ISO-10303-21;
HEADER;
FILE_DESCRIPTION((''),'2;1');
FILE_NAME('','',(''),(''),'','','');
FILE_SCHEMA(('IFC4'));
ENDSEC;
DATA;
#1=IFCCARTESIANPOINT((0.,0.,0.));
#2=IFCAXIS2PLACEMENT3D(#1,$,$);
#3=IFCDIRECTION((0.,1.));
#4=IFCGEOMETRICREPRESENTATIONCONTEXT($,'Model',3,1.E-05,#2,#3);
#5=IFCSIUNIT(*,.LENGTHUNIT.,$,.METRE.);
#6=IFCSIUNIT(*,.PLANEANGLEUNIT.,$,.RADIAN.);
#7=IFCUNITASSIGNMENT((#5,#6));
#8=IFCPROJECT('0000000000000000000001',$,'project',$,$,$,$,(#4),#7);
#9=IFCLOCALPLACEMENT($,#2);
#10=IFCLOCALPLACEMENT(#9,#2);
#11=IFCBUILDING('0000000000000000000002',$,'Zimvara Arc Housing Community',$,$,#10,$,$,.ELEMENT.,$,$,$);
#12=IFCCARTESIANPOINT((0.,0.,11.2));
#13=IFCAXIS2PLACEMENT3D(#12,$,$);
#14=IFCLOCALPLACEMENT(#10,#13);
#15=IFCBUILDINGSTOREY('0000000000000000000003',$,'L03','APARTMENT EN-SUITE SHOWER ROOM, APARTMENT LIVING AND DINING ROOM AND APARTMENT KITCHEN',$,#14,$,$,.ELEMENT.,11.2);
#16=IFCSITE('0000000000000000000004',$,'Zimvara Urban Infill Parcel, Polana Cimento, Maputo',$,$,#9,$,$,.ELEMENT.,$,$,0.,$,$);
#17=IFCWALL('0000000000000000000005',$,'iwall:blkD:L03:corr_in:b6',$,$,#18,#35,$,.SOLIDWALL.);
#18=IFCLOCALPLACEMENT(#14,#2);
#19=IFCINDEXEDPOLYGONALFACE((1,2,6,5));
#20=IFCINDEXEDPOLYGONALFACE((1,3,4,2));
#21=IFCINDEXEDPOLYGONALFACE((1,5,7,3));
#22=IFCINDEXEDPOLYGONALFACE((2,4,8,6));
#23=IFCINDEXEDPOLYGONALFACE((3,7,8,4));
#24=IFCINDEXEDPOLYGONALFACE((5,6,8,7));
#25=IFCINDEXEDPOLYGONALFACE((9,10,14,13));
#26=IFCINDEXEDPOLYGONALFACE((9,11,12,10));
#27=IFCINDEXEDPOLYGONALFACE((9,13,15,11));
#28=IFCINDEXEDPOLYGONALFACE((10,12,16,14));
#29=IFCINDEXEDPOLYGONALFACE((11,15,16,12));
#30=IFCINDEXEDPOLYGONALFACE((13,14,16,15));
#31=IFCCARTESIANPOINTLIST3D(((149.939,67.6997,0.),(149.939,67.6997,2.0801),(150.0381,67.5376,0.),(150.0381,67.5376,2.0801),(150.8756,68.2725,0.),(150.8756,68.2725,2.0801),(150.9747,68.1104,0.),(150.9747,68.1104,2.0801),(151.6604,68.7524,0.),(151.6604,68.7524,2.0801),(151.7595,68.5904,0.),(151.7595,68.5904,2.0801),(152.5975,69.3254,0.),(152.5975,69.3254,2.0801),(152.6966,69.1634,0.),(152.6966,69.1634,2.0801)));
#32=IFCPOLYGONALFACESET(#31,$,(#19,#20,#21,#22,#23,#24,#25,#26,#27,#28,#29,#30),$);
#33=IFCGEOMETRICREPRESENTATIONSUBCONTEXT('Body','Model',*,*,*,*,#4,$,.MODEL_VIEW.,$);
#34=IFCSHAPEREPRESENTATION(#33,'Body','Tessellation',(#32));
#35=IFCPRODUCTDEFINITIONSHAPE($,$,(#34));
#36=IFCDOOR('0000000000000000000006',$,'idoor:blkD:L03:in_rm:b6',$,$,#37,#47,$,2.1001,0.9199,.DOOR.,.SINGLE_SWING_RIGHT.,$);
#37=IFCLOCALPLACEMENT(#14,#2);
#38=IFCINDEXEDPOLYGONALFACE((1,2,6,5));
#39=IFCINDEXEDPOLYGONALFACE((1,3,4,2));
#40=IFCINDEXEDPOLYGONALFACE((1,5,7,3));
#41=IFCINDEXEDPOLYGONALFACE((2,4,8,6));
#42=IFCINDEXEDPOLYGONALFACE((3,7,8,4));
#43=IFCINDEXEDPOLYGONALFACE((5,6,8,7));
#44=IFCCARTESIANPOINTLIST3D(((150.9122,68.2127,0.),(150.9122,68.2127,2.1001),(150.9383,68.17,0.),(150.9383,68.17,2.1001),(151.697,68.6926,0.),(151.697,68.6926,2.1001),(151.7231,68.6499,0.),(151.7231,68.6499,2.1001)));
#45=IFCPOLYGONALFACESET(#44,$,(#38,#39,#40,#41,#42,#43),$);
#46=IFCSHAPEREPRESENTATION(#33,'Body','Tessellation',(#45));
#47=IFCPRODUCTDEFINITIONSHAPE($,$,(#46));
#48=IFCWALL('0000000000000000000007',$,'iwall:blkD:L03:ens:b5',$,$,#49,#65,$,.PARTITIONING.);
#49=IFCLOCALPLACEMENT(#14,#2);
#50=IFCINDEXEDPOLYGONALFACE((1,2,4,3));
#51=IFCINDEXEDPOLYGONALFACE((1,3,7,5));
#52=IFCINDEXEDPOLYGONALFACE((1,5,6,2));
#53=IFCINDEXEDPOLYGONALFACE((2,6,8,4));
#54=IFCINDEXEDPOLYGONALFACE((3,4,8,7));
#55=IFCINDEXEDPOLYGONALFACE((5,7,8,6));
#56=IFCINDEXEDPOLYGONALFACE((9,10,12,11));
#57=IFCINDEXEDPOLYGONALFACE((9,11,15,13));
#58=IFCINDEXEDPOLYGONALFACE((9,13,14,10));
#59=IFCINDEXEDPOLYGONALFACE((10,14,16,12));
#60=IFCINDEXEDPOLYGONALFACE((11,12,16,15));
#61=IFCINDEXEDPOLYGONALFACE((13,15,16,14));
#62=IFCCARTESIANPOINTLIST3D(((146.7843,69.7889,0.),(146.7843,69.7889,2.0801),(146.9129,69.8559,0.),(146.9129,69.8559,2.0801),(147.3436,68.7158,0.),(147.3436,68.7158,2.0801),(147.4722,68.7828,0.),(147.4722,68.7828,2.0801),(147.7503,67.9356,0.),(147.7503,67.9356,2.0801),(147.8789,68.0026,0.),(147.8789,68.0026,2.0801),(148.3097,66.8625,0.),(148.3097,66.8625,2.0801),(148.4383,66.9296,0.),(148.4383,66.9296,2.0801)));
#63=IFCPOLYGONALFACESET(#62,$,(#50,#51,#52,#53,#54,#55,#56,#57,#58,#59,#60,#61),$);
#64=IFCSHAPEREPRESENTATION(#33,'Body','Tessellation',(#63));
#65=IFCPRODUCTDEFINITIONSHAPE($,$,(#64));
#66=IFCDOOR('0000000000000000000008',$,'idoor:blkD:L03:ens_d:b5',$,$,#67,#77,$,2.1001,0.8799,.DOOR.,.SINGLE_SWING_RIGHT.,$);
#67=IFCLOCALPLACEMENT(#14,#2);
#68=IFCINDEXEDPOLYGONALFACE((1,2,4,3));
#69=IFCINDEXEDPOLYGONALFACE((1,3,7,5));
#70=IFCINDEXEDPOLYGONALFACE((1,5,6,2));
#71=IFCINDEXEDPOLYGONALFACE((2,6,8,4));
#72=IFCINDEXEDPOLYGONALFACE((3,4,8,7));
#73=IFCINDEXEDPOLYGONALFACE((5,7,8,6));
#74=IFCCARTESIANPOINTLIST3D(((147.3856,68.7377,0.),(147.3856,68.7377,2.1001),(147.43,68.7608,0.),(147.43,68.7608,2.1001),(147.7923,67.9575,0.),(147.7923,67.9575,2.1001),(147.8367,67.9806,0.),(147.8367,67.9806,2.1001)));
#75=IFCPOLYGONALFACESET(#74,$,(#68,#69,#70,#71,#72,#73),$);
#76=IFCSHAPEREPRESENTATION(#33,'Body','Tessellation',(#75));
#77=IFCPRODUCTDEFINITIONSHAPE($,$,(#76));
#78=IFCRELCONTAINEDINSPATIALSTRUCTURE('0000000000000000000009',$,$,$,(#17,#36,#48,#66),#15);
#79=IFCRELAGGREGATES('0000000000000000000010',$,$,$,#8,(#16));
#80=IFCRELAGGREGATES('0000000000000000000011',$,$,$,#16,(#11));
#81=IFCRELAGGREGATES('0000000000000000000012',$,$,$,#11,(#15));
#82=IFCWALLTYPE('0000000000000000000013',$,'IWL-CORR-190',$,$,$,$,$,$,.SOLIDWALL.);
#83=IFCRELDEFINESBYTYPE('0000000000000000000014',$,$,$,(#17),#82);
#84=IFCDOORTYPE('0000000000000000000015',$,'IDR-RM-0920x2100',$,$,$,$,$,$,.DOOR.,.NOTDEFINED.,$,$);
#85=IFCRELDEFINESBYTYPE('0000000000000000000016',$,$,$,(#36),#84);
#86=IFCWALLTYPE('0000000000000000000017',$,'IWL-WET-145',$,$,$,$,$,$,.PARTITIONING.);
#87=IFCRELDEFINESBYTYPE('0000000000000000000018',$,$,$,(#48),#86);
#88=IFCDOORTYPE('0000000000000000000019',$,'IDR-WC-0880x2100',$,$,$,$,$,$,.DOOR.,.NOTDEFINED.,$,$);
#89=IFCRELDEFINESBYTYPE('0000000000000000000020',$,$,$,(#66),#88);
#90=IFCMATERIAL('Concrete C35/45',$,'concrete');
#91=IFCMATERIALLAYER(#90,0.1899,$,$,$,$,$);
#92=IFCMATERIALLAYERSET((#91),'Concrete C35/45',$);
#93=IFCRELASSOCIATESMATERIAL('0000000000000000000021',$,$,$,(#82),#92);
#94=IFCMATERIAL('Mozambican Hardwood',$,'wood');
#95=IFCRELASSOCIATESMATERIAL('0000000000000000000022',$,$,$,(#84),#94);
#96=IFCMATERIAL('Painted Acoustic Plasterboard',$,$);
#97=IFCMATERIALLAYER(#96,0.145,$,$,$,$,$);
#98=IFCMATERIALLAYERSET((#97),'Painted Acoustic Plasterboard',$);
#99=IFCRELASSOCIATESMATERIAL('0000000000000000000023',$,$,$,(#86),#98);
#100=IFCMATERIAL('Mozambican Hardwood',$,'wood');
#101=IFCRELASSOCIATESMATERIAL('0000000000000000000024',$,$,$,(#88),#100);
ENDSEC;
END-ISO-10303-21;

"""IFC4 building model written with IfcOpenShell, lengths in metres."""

from ifc_helpers import new_model, si_unit, direction, frame, frame_2d, origin, place, context, subcontext, project, spatial, rectangle, extrude, material, layer, layer_set, type_object, element, fill, save


model = new_model("IFC4")

# Units and contexts
model_context = context("Model", 3, precision=1e-05, world=origin(), true_north=direction((0.0, 1.0)))
body_context = subcontext(model_context, "Body", "Model", "MODEL_VIEW")
ifc_project = project(units=[si_unit("LENGTHUNIT", "METRE"), si_unit("PLANEANGLEUNIT", "RADIAN")], contexts=[model_context])

# Site, building, storey
site_placement = place(None, origin())
site = spatial("IfcSite", under=ifc_project, at=site_placement, Name="Zimvara Urban Infill Parcel, Polana Cimento, Maputo", CompositionType="ELEMENT", RefElevation=0.0)
building_placement = place(site_placement, origin())
building = spatial("IfcBuilding", under=site, at=building_placement, Name="Zimvara Arc Housing Community", CompositionType="ELEMENT")
storey_placement = place(building_placement, frame((0.0, 0.0, 11.2)))
storey = spatial("IfcBuildingStorey", under=building, at=storey_placement, Name="L03", Description="APARTMENT EN-SUITE SHOWER ROOM, APARTMENT LIVING AND DINING ROOM AND APARTMENT KITCHEN", CompositionType="ELEMENT", Elevation=11.2)

# Walls, openings, doors
ifc_material_1 = material(Name="Concrete C35/45", Category="concrete")
ifc_layer_1 = layer(ifc_material_1, 0.1899)
ifc_layer_set_1 = layer_set([ifc_layer_1], Name="Concrete C35/45")
wall_type_1 = type_object("IfcWallType", Name="IWL-CORR-190", PredefinedType="SOLIDWALL", material=ifc_layer_set_1)
wall_1_placement = place(storey_placement, frame((149.9885, 67.6187, 0.0), z_axis=(0.0, 0.0, 1.0), x_axis=(0.853121, 0.521713, 0.0)))
wall_1 = element("IfcWall", 1, at=wall_1_placement, inside=storey, type_object=wall_type_1, Name="iwall:blkD:L03:corr_in:b6", PredefinedType="SOLIDWALL", context=body_context, shape_type="SweptSolid", body=[
    extrude(rectangle(XDim=3.1162, YDim=0.1899, at=frame_2d((1.5581, 0.0))), origin(), (0.0, 0.0, 1.0), 2.0801),
])
opening_1_placement = place(wall_1_placement, frame((1.0979, 0.0, 0.0)))
opening_1 = element("IfcOpeningElement", 2, at=opening_1_placement, cuts=wall_1, PredefinedType="OPENING", context=body_context, shape_type="SweptSolid", body=[
    extrude(rectangle(XDim=0.9199, YDim=2.1001, at=frame_2d((0.46, 1.05))), frame((0.0, 0.105, 0.0), z_axis=(0.0, -1.0, 0.0), x_axis=(1.0, 0.0, 0.0)), (0.0, 0.0, 1.0), 0.21),
])
ifc_material_2 = material(Name="Mozambican Hardwood", Category="wood")
door_type_1 = type_object("IfcDoorType", Name="IDR-RM-0920x2100", OperationType="NOTDEFINED", PredefinedType="DOOR", material=ifc_material_2)
door_1_placement = place(opening_1_placement, origin())
door_1 = element("IfcDoor", 3, at=door_1_placement, inside=storey, type_object=door_type_1, Name="idoor:blkD:L03:in_rm:b6", OperationType="SINGLE_SWING_RIGHT", OverallHeight=2.1001, OverallWidth=0.9199, PredefinedType="DOOR", context=body_context, shape_type="SweptSolid", body=[
    extrude(rectangle(XDim=0.9199, YDim=2.1001, at=frame_2d((0.46, 1.05))), frame((0.0, 0.0249, 0.0), z_axis=(0.0, -1.0, 0.0), x_axis=(1.0, 0.0, 0.0)), (0.0, 0.0, 1.0), 0.05),
])
fill(opening_1, door_1)
ifc_material_3 = material(Name="Painted Acoustic Plasterboard")
ifc_layer_2 = layer(ifc_material_3, 0.145)
ifc_layer_set_2 = layer_set([ifc_layer_2], Name="Painted Acoustic Plasterboard")
wall_type_2 = type_object("IfcWallType", Name="IWL-WET-145", PredefinedType="PARTITIONING", material=ifc_layer_set_2)
wall_2_placement = place(storey_placement, frame((146.8486, 69.8223, 0.0), z_axis=(0.0, 0.0, 1.0), x_axis=(0.462242, -0.886754, 0.0)))
wall_2 = element("IfcWall", 4, at=wall_2_placement, inside=storey, type_object=wall_type_2, Name="iwall:blkD:L03:ens:b5", PredefinedType="PARTITIONING", context=body_context, shape_type="SweptSolid", body=[
    extrude(rectangle(XDim=3.3, YDim=0.145, at=frame_2d((1.6499, 0.0))), origin(), (0.0, 0.0, 1.0), 2.0801),
])
opening_2_placement = place(wall_2_placement, frame((1.21, 0.0, 0.0)))
opening_2 = element("IfcOpeningElement", 5, at=opening_2_placement, cuts=wall_2, PredefinedType="OPENING", context=body_context, shape_type="SweptSolid", body=[
    extrude(rectangle(XDim=0.8799, YDim=2.1001, at=frame_2d((0.4399, 1.05))), frame((0.0, 0.0825, 0.0), z_axis=(0.0, -1.0, 0.0), x_axis=(1.0, 0.0, 0.0)), (0.0, 0.0, 1.0), 0.165),
])
ifc_material_4 = material(Name="Mozambican Hardwood", Category="wood")
door_type_2 = type_object("IfcDoorType", Name="IDR-WC-0880x2100", OperationType="NOTDEFINED", PredefinedType="DOOR", material=ifc_material_4)
door_2_placement = place(opening_2_placement, origin())
door_2 = element("IfcDoor", 6, at=door_2_placement, inside=storey, type_object=door_type_2, Name="idoor:blkD:L03:ens_d:b5", OperationType="SINGLE_SWING_RIGHT", OverallHeight=2.1001, OverallWidth=0.8799, PredefinedType="DOOR", context=body_context, shape_type="SweptSolid", body=[
    extrude(rectangle(XDim=0.8799, YDim=2.1001, at=frame_2d((0.4399, 1.05))), frame((0.0, 0.0249, 0.0), z_axis=(0.0, -1.0, 0.0), x_axis=(1.0, 0.0, 0.0)), (0.0, 0.0, 1.0), 0.05),
])
fill(opening_2, door_2)

save(model, "model.ifc")
